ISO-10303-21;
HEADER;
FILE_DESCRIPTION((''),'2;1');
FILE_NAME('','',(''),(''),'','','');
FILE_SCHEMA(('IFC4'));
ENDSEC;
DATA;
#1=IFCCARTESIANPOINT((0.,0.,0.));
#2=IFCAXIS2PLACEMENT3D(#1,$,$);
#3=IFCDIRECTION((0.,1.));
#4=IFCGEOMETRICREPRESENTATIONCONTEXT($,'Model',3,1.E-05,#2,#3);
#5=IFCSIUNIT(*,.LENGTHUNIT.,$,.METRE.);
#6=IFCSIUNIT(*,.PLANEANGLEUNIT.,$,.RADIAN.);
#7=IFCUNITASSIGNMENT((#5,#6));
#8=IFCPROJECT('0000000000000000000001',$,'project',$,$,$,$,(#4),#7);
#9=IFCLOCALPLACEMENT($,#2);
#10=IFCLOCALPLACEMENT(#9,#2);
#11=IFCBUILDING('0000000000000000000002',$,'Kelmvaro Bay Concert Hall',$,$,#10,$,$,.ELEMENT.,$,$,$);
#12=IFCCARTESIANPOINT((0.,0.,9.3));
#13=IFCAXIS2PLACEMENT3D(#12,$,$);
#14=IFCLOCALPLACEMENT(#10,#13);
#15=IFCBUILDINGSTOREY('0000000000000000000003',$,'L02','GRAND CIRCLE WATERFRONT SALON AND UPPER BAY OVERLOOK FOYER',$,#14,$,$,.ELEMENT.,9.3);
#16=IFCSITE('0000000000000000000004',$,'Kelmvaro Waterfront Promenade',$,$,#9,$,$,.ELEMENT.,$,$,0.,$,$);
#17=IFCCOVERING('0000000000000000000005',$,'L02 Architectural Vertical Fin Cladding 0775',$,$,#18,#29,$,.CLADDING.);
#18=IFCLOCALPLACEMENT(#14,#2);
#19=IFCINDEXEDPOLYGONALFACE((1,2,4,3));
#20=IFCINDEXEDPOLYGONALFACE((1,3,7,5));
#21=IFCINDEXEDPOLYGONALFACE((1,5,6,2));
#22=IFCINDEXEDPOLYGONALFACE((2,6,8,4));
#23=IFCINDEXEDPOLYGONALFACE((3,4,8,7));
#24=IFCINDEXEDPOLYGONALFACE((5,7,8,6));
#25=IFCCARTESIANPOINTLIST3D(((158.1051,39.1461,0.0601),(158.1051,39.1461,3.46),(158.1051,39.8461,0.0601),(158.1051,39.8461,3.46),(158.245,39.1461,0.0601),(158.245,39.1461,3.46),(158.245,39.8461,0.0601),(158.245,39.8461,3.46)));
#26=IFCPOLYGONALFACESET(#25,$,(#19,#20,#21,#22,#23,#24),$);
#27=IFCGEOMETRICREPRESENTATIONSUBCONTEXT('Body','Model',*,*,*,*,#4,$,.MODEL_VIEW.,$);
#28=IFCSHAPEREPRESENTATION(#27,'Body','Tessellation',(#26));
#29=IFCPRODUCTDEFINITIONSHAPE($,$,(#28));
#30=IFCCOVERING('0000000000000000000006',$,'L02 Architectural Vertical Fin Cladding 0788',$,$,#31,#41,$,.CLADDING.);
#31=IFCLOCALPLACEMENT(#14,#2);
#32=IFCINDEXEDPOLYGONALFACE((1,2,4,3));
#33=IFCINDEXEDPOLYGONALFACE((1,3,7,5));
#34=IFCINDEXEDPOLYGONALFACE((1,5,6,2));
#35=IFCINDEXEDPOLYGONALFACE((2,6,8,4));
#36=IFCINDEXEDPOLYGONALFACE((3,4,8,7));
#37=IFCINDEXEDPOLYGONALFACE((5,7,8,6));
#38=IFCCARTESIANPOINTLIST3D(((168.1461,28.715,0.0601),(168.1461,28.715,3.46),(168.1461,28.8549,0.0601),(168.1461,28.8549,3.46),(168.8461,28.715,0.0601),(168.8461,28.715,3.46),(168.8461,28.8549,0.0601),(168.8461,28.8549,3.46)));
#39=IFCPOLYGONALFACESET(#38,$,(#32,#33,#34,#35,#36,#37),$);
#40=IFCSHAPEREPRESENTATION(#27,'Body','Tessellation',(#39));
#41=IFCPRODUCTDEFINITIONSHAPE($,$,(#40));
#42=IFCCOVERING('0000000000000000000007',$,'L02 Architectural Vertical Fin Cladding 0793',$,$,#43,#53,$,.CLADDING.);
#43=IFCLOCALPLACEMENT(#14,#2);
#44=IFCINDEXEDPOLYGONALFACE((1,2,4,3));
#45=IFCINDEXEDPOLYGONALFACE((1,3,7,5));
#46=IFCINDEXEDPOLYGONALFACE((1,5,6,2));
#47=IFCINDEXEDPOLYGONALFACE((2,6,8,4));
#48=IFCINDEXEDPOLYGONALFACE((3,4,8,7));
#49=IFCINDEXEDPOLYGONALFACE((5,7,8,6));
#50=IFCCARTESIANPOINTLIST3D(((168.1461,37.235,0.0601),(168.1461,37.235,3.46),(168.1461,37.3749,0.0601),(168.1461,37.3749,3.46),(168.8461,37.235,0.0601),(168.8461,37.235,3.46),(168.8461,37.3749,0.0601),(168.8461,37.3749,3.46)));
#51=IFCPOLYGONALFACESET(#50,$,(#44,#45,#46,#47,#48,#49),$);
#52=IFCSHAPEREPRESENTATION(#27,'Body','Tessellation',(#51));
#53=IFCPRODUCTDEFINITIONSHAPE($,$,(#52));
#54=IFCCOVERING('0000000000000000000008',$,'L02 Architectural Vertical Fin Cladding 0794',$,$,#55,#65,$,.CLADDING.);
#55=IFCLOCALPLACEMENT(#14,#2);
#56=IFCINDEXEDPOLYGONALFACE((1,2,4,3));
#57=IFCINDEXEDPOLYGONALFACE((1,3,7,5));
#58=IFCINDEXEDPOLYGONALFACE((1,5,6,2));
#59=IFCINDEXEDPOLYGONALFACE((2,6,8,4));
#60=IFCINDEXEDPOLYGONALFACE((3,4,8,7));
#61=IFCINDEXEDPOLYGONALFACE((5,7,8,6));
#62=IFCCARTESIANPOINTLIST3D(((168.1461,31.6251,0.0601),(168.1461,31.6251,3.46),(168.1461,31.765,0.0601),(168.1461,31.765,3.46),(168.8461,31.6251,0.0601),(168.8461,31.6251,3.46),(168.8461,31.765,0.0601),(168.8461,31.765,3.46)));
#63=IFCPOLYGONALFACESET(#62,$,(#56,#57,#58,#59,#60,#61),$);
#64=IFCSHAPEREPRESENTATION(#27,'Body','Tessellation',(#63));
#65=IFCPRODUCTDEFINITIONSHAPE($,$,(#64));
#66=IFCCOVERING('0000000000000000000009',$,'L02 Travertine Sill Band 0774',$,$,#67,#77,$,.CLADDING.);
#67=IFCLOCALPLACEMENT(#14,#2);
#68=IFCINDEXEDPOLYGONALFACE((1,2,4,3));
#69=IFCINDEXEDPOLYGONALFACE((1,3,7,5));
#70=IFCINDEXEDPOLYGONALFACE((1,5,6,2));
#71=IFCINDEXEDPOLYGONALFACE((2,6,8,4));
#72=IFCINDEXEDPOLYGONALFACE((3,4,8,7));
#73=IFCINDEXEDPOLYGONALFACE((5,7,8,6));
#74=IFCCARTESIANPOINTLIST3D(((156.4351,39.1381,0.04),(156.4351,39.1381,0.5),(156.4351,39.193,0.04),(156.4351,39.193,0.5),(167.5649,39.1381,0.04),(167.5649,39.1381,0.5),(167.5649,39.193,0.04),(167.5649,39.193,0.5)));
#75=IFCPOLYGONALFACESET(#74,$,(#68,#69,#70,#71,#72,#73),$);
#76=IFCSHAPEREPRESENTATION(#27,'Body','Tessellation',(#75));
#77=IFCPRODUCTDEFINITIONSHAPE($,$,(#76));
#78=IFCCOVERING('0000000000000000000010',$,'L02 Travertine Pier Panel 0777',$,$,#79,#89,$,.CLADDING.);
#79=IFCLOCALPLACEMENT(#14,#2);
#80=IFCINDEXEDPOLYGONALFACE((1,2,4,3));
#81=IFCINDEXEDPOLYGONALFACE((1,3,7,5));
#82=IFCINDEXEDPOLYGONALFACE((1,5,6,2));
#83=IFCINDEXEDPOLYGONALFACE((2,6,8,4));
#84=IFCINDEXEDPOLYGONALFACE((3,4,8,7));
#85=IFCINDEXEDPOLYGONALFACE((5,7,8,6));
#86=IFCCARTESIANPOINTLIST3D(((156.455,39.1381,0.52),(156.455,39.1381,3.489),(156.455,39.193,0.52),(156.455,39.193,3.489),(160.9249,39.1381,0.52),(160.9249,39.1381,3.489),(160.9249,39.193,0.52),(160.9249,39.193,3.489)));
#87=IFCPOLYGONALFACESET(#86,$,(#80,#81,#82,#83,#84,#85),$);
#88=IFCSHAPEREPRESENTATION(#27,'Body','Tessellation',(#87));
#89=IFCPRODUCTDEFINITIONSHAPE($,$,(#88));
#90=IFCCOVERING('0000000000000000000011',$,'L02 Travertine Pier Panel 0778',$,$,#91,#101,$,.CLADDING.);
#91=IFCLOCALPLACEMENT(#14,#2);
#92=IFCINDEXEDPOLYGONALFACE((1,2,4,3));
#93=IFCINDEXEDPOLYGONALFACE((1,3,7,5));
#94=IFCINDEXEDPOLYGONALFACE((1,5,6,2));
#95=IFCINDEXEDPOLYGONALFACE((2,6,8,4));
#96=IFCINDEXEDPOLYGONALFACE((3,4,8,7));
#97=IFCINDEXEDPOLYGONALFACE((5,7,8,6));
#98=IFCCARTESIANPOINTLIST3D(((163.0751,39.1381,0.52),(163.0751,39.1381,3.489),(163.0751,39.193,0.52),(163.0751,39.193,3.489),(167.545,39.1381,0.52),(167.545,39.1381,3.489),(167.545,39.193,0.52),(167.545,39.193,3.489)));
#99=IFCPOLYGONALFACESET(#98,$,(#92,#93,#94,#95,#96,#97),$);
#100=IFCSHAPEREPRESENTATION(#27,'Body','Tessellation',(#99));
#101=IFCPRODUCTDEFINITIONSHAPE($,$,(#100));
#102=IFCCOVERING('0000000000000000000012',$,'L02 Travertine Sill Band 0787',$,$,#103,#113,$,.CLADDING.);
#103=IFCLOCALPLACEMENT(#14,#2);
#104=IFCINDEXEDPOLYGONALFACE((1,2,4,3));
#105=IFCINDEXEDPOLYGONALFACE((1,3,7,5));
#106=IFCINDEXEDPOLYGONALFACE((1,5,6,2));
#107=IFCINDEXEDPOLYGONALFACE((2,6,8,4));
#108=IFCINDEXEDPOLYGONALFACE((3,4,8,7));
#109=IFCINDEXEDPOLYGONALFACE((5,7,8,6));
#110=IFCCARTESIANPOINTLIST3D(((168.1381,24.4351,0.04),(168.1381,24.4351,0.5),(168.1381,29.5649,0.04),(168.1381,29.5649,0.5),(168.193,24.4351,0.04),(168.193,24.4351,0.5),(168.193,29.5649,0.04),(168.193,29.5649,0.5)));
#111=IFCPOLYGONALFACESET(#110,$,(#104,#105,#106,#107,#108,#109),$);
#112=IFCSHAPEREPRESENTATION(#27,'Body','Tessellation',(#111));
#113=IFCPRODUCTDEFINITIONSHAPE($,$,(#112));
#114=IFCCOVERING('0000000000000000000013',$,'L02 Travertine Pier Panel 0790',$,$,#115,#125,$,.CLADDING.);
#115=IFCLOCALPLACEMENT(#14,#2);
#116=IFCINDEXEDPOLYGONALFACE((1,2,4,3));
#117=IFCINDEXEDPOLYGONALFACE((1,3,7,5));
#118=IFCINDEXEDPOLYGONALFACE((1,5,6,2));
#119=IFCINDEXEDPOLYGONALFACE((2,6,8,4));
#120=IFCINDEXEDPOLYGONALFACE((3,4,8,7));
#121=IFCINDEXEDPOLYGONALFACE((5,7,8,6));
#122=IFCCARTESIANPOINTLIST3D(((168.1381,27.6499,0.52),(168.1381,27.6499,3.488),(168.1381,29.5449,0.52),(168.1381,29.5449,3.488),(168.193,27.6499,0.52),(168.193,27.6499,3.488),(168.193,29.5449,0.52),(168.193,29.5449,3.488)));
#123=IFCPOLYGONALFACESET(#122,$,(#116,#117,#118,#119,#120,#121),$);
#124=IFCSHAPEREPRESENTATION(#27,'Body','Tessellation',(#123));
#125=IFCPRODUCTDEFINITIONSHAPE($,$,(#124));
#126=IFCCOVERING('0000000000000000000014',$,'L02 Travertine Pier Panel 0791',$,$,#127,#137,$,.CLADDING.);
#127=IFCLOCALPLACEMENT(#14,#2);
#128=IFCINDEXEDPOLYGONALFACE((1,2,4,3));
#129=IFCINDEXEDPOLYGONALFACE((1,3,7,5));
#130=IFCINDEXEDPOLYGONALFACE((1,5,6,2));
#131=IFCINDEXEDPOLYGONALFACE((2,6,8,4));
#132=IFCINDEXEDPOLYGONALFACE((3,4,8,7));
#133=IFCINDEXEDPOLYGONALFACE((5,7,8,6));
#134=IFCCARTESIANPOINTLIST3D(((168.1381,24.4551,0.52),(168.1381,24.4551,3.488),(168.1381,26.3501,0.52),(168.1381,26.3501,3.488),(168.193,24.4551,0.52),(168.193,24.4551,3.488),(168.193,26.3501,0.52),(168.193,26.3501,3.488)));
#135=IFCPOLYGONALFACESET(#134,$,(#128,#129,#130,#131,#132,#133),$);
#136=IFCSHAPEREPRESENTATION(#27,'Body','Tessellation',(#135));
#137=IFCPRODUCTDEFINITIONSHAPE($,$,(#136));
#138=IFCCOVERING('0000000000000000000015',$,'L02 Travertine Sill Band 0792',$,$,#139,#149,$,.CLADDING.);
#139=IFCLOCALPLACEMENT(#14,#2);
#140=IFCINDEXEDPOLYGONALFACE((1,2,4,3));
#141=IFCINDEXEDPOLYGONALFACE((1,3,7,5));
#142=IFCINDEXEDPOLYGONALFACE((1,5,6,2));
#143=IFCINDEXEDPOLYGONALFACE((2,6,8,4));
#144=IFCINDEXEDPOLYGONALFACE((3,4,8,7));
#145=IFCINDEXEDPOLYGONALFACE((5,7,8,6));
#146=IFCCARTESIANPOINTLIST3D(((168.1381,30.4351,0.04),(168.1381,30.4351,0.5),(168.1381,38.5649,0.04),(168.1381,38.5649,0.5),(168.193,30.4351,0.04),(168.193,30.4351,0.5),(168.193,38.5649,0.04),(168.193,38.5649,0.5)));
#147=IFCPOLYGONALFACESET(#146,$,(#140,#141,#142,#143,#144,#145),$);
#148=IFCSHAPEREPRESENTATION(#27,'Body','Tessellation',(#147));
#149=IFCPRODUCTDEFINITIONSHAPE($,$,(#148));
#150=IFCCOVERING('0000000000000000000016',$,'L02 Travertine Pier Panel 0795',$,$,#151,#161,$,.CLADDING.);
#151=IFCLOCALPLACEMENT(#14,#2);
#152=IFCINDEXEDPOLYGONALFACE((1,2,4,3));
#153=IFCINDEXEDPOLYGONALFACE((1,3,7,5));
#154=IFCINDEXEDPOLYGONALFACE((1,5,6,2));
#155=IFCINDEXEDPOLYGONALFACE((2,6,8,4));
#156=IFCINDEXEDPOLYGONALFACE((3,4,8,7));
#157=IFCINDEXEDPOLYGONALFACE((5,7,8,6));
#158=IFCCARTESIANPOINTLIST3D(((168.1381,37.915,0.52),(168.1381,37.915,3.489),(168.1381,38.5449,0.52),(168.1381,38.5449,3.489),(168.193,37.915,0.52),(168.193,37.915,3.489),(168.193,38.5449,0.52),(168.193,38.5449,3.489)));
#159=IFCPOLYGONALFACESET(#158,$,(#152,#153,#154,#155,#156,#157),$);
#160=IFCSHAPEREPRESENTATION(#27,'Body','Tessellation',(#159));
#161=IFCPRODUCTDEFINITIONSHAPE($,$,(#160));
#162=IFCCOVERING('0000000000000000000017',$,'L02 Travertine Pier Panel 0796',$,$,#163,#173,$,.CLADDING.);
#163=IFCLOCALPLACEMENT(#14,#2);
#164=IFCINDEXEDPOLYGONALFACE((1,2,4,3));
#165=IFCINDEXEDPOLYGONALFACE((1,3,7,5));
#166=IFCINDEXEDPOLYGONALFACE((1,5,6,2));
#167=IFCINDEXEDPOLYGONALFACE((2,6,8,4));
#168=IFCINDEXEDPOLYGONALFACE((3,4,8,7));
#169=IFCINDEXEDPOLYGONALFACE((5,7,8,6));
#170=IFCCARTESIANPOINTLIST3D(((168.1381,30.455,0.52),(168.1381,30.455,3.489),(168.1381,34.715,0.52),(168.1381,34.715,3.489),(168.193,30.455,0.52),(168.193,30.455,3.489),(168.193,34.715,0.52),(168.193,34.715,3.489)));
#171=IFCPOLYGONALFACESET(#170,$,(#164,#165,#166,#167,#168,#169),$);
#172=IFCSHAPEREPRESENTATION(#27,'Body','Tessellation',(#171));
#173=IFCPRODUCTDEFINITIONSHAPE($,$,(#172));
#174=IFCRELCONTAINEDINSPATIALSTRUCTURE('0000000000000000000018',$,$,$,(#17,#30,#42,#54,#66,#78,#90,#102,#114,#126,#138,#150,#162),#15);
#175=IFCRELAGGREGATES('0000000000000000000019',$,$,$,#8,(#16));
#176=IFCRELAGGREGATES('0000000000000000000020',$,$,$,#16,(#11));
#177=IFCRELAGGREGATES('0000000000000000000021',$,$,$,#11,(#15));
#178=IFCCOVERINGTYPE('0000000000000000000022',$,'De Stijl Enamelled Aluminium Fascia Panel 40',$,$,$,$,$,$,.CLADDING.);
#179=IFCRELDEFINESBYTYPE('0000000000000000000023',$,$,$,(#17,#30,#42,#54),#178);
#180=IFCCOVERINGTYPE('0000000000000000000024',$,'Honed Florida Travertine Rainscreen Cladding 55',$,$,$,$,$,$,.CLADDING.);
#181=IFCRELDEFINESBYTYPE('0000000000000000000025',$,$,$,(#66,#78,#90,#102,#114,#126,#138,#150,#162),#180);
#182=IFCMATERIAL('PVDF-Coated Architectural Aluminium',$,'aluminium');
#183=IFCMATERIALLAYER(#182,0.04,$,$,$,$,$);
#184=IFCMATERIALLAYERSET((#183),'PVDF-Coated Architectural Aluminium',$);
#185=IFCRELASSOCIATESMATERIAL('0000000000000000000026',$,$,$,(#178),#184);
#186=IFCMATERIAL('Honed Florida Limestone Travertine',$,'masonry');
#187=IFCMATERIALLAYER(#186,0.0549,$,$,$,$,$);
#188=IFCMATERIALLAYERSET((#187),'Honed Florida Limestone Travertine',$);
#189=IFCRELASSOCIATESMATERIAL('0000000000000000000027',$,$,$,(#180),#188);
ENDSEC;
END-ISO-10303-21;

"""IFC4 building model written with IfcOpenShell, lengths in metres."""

from ifc_helpers import new_model, si_unit, direction, frame, origin, origin_2d, place, context, subcontext, project, spatial, rectangle, extrude, material, layer, layer_set, type_object, element, save


model = new_model("IFC4")

# Units and contexts
model_context = context("Model", 3, precision=1e-05, world=origin(), true_north=direction((0.0, 1.0)))
body_context = subcontext(model_context, "Body", "Model", "MODEL_VIEW")
ifc_project = project(units=[si_unit("LENGTHUNIT", "METRE"), si_unit("PLANEANGLEUNIT", "RADIAN")], contexts=[model_context])

# Site, building, storey
site_placement = place(None, origin())
site = spatial("IfcSite", under=ifc_project, at=site_placement, Name="Kelmvaro Waterfront Promenade", CompositionType="ELEMENT", RefElevation=0.0)
building_placement = place(site_placement, origin())
building = spatial("IfcBuilding", under=site, at=building_placement, Name="Kelmvaro Bay Concert Hall", CompositionType="ELEMENT")
storey_placement = place(building_placement, frame((0.0, 0.0, 9.3)))
storey = spatial("IfcBuildingStorey", under=building, at=storey_placement, Name="L02", Description="GRAND CIRCLE WATERFRONT SALON AND UPPER BAY OVERLOOK FOYER", CompositionType="ELEMENT", Elevation=9.3)

# Coverings
ifc_material_1 = material(Name="PVDF-Coated Architectural Aluminium", Category="aluminium")
ifc_layer_1 = layer(ifc_material_1, 0.04)
ifc_layer_set_1 = layer_set([ifc_layer_1], Name="PVDF-Coated Architectural Aluminium")
covering_type_1 = type_object("IfcCoveringType", Name="De Stijl Enamelled Aluminium Fascia Panel 40", PredefinedType="CLADDING", material=ifc_layer_set_1)
for number, where, z_axis, x_axis, name in (
    (1, (158.175, 39.4961, 0.0601), (0.0, 0.0, 1.0), (1.0, 0.0, 0.0), "L02 Architectural Vertical Fin Cladding 0775"),
    (2, (168.4961, 28.7849, 0.0601), (0.0, 0.0, 1.0), (0.0, -1.0, 0.0), "L02 Architectural Vertical Fin Cladding 0788"),
    (3, (168.4961, 37.3049, 0.0601), (0.0, 0.0, 1.0), (0.0, -1.0, 0.0), "L02 Architectural Vertical Fin Cladding 0793"),
    (4, (168.4961, 31.6951, 0.0601), (0.0, 0.0, 1.0), (0.0, -1.0, 0.0), "L02 Architectural Vertical Fin Cladding 0794"),
):
    element("IfcCovering", number, at=place(storey_placement, frame(where, z_axis=z_axis, x_axis=x_axis)), inside=storey, type_object=covering_type_1, Name=name, PredefinedType="CLADDING", context=body_context, shape_type="SweptSolid", body=[
        extrude(rectangle(XDim=0.1399, YDim=0.7, at=origin_2d()), origin(), (0.0, 0.0, 1.0), 3.3999),
    ])
ifc_material_2 = material(Name="Honed Florida Limestone Travertine", Category="masonry")
ifc_layer_2 = layer(ifc_material_2, 0.0549)
ifc_layer_set_2 = layer_set([ifc_layer_2], Name="Honed Florida Limestone Travertine")
covering_type_2 = type_object("IfcCoveringType", Name="Honed Florida Travertine Rainscreen Cladding 55", PredefinedType="CLADDING", material=ifc_layer_set_2)
covering_1_placement = place(storey_placement, frame((162.0, 39.1655, 0.04), z_axis=(0.0, 0.0, 1.0), x_axis=(1.0, 0.0, 0.0)))
element("IfcCovering", 5, at=covering_1_placement, inside=storey, type_object=covering_type_2, Name="L02 Travertine Sill Band 0774", PredefinedType="CLADDING", context=body_context, shape_type="SweptSolid", body=[
    extrude(rectangle(XDim=11.1299, YDim=0.0549, at=origin_2d()), origin(), (0.0, 0.0, 1.0), 0.46),
])
for number, where, z_axis, x_axis, name in (
    (6, (158.6899, 39.1655, 0.52), (0.0, 0.0, 1.0), (1.0, 0.0, 0.0), "L02 Travertine Pier Panel 0777"),
    (7, (165.3101, 39.1655, 0.52), (0.0, 0.0, 1.0), (1.0, 0.0, 0.0), "L02 Travertine Pier Panel 0778"),
):
    element("IfcCovering", number, at=place(storey_placement, frame(where, z_axis=z_axis, x_axis=x_axis)), inside=storey, type_object=covering_type_2, Name=name, PredefinedType="CLADDING", context=body_context, shape_type="SweptSolid", body=[
        extrude(rectangle(XDim=4.47, YDim=0.0549, at=origin_2d()), origin(), (0.0, 0.0, 1.0), 2.969),
    ])
covering_2_placement = place(storey_placement, frame((168.1655, 27.0, 0.04), z_axis=(0.0, 0.0, 1.0), x_axis=(0.0, -1.0, 0.0)))
element("IfcCovering", 8, at=covering_2_placement, inside=storey, type_object=covering_type_2, Name="L02 Travertine Sill Band 0787", PredefinedType="CLADDING", context=body_context, shape_type="SweptSolid", body=[
    extrude(rectangle(XDim=5.1299, YDim=0.0549, at=origin_2d()), origin(), (0.0, 0.0, 1.0), 0.46),
])
for number, where, z_axis, x_axis, name in (
    (9, (168.1655, 28.5974, 0.52), (0.0, 0.0, 1.0), (0.0, -1.0, 0.0), "L02 Travertine Pier Panel 0790"),
    (10, (168.1655, 25.4026, 0.52), (0.0, 0.0, 1.0), (0.0, -1.0, 0.0), "L02 Travertine Pier Panel 0791"),
):
    element("IfcCovering", number, at=place(storey_placement, frame(where, z_axis=z_axis, x_axis=x_axis)), inside=storey, type_object=covering_type_2, Name=name, PredefinedType="CLADDING", context=body_context, shape_type="SweptSolid", body=[
        extrude(rectangle(XDim=1.895, YDim=0.0549, at=origin_2d()), origin(), (0.0, 0.0, 1.0), 2.968),
    ])
covering_3_placement = place(storey_placement, frame((168.1655, 34.5, 0.04), z_axis=(0.0, 0.0, 1.0), x_axis=(0.0, -1.0, 0.0)))
element("IfcCovering", 11, at=covering_3_placement, inside=storey, type_object=covering_type_2, Name="L02 Travertine Sill Band 0792", PredefinedType="CLADDING", context=body_context, shape_type="SweptSolid", body=[
    extrude(rectangle(XDim=8.1299, YDim=0.0549, at=origin_2d()), origin(), (0.0, 0.0, 1.0), 0.46),
])
covering_4_placement = place(storey_placement, frame((168.1655, 38.23, 0.52), z_axis=(0.0, 0.0, 1.0), x_axis=(0.0, -1.0, 0.0)))
element("IfcCovering", 12, at=covering_4_placement, inside=storey, type_object=covering_type_2, Name="L02 Travertine Pier Panel 0795", PredefinedType="CLADDING", context=body_context, shape_type="SweptSolid", body=[
    extrude(rectangle(XDim=0.6299, YDim=0.0549, at=origin_2d()), origin(), (0.0, 0.0, 1.0), 2.969),
])
covering_5_placement = place(storey_placement, frame((168.1655, 32.585, 0.52), z_axis=(0.0, 0.0, 1.0), x_axis=(0.0, -1.0, 0.0)))
element("IfcCovering", 13, at=covering_5_placement, inside=storey, type_object=covering_type_2, Name="L02 Travertine Pier Panel 0796", PredefinedType="CLADDING", context=body_context, shape_type="SweptSolid", body=[
    extrude(rectangle(XDim=4.26, YDim=0.0549, at=origin_2d()), origin(), (0.0, 0.0, 1.0), 2.969),
])

save(model, "model.ifc")
